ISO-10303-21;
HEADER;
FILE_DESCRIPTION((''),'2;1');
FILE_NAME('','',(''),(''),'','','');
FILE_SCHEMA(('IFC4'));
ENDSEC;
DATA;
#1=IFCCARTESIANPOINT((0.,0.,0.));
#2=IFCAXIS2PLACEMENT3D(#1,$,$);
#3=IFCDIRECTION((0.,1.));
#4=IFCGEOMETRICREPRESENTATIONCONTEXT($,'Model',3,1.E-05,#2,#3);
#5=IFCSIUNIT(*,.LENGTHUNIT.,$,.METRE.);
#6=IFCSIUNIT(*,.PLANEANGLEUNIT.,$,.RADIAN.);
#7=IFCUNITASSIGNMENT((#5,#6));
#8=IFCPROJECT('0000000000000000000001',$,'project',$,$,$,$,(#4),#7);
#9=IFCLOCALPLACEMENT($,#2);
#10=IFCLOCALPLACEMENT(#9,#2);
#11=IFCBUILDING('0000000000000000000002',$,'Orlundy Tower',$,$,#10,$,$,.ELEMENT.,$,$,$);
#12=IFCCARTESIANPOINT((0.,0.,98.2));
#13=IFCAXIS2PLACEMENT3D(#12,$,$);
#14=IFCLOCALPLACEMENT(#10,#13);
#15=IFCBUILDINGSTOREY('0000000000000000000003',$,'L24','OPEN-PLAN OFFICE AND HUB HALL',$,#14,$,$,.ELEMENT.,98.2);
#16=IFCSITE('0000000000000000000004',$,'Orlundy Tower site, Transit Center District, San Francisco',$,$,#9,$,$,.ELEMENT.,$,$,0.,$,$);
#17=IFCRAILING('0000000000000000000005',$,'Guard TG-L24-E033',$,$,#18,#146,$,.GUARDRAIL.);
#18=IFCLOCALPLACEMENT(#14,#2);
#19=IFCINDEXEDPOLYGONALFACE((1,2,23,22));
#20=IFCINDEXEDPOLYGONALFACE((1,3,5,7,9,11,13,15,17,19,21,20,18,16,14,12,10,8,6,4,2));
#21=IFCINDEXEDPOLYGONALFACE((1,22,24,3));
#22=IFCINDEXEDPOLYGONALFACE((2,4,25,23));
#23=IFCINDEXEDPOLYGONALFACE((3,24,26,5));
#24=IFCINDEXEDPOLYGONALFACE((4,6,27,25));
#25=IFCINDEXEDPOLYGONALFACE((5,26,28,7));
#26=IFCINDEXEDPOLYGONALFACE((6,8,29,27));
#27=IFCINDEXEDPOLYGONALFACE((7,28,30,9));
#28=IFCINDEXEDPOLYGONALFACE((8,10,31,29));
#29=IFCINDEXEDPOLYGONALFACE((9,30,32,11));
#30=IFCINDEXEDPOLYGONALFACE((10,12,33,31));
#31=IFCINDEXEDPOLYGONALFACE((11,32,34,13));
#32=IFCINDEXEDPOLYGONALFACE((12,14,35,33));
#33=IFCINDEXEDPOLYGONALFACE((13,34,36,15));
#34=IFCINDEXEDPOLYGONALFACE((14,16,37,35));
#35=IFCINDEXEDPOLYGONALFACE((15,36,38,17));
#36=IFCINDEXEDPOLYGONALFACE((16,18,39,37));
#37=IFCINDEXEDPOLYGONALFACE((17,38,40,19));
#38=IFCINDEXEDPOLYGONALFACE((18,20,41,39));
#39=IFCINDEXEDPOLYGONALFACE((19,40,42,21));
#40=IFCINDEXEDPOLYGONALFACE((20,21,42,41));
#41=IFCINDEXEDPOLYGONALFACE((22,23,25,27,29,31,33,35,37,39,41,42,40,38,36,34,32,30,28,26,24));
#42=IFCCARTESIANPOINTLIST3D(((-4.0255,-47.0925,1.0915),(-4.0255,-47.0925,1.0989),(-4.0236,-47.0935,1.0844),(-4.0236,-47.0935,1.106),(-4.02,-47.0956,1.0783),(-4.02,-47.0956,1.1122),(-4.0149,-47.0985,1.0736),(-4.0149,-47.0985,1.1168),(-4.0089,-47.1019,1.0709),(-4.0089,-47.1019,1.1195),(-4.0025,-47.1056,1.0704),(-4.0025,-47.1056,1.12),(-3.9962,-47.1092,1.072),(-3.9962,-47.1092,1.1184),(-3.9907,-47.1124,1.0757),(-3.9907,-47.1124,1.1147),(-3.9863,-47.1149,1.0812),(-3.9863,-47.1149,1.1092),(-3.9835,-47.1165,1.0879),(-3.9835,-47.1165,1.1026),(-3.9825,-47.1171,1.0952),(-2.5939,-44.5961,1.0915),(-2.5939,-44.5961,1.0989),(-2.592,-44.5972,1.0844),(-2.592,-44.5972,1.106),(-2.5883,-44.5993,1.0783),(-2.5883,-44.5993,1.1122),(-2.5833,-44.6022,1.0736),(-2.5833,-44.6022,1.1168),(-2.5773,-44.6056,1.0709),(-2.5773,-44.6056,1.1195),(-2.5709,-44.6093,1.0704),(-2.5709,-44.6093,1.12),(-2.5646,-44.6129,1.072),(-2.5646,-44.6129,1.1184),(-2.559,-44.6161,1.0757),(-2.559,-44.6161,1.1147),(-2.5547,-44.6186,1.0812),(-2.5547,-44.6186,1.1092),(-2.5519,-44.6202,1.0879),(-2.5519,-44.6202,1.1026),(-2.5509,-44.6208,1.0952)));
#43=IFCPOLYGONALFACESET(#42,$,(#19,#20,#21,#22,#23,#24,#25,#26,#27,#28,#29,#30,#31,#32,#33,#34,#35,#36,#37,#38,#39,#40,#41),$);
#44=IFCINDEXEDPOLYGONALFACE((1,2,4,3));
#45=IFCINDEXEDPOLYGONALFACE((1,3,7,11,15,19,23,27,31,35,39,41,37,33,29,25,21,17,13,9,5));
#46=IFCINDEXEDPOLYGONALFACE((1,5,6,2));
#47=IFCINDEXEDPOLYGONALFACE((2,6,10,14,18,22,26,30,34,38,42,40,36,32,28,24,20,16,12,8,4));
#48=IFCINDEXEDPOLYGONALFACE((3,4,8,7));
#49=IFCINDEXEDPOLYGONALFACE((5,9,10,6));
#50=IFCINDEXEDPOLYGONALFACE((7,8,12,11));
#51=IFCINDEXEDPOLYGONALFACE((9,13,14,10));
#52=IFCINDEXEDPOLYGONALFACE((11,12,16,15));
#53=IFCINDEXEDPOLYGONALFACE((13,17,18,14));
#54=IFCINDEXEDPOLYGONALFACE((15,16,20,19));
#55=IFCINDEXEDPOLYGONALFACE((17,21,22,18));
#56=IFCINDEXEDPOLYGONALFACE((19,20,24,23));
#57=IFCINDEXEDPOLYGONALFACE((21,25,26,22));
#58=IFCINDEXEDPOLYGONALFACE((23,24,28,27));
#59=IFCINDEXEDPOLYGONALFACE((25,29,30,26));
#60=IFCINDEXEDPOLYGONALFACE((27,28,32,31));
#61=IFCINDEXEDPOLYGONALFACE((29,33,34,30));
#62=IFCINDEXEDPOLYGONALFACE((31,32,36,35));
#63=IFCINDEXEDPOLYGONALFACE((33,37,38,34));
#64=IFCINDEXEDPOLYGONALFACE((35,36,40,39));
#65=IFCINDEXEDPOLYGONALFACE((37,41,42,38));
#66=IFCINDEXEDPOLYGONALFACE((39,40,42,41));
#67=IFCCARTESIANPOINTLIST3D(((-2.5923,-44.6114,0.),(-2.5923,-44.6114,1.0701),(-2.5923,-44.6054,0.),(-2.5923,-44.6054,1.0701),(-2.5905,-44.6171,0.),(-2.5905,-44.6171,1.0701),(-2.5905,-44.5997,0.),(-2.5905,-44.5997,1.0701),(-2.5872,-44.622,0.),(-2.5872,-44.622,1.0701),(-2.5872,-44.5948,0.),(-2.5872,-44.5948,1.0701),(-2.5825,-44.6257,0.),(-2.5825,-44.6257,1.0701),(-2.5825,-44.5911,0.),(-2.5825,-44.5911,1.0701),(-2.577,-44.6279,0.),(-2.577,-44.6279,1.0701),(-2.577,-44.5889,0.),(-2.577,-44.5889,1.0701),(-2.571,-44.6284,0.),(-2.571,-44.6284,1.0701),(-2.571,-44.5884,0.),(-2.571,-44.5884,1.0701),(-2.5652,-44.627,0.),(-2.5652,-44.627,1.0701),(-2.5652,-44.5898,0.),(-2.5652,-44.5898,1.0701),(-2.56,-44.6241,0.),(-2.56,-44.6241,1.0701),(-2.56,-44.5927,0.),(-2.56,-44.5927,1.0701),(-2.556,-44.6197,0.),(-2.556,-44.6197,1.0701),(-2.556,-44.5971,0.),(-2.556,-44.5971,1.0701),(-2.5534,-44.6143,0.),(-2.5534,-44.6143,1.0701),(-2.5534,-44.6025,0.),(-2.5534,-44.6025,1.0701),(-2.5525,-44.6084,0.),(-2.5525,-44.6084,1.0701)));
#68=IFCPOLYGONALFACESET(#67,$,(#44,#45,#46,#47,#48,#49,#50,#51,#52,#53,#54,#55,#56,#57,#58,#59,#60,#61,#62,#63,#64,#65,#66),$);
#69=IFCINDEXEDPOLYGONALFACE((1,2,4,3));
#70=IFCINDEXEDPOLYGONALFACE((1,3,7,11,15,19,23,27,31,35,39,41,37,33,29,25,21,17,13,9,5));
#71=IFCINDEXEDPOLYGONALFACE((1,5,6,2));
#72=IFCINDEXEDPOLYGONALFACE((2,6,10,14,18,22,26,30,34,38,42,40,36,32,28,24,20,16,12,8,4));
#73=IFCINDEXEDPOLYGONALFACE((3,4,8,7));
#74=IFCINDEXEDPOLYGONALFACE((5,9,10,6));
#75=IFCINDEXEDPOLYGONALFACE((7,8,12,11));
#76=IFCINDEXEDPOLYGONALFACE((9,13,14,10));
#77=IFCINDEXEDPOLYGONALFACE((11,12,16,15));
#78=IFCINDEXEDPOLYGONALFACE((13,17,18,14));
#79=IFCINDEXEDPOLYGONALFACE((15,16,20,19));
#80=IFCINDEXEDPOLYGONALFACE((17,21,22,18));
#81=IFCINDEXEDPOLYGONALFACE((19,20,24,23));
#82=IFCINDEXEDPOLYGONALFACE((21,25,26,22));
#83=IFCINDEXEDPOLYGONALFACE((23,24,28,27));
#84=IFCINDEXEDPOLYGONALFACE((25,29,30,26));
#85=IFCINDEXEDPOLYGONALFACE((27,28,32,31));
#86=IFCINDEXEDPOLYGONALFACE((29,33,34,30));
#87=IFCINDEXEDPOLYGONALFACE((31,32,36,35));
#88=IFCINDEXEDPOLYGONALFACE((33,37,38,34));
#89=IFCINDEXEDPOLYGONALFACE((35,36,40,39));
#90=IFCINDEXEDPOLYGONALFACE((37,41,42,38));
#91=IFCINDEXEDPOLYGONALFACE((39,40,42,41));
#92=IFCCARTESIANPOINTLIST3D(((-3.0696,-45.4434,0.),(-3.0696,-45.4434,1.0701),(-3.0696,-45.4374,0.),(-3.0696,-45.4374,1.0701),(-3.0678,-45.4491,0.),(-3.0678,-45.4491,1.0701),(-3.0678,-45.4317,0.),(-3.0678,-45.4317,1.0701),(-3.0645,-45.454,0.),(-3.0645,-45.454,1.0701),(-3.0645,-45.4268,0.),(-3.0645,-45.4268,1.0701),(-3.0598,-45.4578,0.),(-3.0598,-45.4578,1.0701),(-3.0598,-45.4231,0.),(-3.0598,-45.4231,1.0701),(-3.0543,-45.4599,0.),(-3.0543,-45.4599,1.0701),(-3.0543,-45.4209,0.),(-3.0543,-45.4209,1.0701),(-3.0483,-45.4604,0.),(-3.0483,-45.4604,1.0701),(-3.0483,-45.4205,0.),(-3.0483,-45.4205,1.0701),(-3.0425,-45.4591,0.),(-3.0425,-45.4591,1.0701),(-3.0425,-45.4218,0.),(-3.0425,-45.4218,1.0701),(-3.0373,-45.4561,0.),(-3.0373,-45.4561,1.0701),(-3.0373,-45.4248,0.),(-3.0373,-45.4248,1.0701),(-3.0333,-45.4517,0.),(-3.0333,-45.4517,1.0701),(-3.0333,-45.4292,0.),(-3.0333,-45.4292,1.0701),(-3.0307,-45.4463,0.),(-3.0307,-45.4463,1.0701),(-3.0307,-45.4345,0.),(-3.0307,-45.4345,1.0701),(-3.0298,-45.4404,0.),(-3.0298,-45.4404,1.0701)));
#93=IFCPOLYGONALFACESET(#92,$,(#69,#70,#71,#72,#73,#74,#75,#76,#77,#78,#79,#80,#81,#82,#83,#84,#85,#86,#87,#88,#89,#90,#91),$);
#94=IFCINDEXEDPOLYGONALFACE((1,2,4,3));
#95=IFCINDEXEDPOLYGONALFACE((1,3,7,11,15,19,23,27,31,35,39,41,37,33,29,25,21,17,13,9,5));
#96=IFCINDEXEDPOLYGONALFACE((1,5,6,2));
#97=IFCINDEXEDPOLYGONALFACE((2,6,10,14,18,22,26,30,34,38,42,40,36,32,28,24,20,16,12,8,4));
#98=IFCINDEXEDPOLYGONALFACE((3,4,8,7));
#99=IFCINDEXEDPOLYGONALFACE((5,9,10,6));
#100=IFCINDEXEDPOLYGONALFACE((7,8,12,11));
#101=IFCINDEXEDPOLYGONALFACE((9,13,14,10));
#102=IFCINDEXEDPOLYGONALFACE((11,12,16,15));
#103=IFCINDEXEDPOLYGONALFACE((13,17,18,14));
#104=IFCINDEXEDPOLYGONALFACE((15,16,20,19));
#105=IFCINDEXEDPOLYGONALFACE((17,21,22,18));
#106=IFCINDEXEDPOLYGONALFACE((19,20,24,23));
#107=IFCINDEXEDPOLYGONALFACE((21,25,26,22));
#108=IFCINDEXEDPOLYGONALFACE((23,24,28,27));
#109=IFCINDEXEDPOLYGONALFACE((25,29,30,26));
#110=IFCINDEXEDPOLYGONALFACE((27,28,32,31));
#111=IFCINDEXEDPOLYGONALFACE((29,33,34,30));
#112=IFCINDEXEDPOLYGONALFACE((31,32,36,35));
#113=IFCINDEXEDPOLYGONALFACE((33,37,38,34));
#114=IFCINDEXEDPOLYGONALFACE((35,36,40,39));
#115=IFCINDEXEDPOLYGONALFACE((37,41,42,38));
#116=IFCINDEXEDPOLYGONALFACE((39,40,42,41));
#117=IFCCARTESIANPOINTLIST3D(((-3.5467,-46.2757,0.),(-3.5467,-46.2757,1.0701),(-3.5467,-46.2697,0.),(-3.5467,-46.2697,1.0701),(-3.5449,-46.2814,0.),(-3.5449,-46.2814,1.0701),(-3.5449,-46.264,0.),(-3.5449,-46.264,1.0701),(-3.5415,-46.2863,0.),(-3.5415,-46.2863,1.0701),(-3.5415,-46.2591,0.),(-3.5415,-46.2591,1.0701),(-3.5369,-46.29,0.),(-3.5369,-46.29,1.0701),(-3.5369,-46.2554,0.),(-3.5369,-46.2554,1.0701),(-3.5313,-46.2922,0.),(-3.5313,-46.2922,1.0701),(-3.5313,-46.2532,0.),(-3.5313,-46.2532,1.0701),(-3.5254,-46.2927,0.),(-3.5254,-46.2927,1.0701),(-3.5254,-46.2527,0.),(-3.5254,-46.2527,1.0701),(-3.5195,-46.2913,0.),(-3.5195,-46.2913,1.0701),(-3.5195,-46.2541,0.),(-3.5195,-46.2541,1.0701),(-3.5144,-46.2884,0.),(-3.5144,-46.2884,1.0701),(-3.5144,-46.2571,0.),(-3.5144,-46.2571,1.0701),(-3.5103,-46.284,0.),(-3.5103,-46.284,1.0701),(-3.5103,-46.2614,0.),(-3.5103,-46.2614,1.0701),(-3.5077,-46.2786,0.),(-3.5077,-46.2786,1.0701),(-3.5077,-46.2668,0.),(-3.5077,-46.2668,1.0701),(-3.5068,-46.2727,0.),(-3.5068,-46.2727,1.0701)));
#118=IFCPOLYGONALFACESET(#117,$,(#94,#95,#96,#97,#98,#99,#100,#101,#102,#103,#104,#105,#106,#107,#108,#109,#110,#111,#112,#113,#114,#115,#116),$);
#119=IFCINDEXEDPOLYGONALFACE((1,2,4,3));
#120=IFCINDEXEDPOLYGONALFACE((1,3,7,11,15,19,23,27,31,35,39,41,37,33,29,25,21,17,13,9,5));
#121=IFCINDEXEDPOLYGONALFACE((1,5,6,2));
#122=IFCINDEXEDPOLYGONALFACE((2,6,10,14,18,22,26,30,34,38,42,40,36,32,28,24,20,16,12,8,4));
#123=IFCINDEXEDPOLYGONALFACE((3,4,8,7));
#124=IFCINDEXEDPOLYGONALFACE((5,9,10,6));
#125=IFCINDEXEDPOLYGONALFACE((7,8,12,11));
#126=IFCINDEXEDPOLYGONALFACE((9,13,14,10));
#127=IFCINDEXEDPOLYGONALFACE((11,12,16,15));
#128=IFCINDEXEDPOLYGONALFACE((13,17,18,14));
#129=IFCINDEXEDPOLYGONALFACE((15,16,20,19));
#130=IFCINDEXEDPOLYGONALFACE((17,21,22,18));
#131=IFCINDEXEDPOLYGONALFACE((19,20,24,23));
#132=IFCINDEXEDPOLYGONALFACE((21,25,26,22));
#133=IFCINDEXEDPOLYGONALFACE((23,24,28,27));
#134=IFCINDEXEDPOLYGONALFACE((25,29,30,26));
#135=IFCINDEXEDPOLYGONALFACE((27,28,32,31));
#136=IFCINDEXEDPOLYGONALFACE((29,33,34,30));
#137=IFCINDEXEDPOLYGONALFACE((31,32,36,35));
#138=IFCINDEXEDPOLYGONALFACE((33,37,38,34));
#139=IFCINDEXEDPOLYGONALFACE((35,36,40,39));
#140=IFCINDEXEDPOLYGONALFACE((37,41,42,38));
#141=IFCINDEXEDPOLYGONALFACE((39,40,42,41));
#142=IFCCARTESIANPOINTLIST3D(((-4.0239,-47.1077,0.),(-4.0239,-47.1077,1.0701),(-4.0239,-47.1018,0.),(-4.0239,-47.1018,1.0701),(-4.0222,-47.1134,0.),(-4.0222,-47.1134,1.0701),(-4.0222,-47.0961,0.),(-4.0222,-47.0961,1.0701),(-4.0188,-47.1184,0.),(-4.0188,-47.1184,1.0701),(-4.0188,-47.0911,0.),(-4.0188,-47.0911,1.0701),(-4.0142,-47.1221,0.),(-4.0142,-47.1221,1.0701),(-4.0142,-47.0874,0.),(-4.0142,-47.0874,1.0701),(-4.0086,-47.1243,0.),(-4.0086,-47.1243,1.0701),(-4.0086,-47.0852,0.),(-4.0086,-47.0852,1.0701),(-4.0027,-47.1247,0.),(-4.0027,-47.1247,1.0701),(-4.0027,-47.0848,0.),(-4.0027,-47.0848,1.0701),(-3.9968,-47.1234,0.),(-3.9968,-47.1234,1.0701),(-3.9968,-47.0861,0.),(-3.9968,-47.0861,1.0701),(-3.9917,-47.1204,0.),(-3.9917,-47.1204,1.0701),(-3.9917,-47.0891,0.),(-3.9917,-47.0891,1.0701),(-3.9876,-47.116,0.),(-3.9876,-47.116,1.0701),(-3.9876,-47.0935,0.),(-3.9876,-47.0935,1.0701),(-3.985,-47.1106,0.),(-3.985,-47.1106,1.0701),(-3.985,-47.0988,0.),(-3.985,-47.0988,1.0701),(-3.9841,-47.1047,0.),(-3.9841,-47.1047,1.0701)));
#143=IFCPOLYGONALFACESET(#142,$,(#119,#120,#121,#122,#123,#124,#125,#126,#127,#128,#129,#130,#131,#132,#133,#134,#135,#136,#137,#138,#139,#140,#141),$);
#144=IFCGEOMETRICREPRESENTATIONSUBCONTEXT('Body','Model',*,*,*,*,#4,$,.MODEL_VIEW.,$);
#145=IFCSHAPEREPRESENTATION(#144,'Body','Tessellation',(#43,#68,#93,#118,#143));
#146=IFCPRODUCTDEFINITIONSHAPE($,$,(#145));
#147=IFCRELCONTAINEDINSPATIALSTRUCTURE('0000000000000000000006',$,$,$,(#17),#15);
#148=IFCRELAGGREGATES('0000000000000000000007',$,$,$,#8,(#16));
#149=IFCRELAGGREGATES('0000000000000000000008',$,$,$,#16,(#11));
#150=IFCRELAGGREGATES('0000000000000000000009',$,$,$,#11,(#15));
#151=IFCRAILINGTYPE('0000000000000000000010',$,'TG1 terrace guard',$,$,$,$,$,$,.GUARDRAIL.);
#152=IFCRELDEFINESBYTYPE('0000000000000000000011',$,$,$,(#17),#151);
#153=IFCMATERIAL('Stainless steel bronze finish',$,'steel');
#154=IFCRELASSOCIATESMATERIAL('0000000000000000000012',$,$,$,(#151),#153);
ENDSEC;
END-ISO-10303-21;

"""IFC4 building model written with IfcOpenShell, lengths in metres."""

from ifc_helpers import new_model, si_unit, direction, frame, origin, origin_2d, place, context, subcontext, project, spatial, circle, extrude, material, type_object, element, save


model = new_model("IFC4")

# Units and contexts
model_context = context("Model", 3, precision=1e-05, world=origin(), true_north=direction((0.0, 1.0)))
body_context = subcontext(model_context, "Body", "Model", "MODEL_VIEW")
ifc_project = project(units=[si_unit("LENGTHUNIT", "METRE"), si_unit("PLANEANGLEUNIT", "RADIAN")], contexts=[model_context])

# Site, building, storey
site_placement = place(None, origin())
site = spatial("IfcSite", under=ifc_project, at=site_placement, Name="Orlundy Tower site, Transit Center District, San Francisco", CompositionType="ELEMENT", RefElevation=0.0)
building_placement = place(site_placement, origin())
building = spatial("IfcBuilding", under=site, at=building_placement, Name="Orlundy Tower", CompositionType="ELEMENT")
storey_placement = place(building_placement, frame((0.0, 0.0, 98.2)))
storey = spatial("IfcBuildingStorey", under=building, at=storey_placement, Name="L24", Description="OPEN-PLAN OFFICE AND HUB HALL", CompositionType="ELEMENT", Elevation=98.2)

# Railing
ifc_material_1 = material(Name="Stainless steel bronze finish", Category="steel")
railing_type = type_object("IfcRailingType", Name="TG1 terrace guard", PredefinedType="GUARDRAIL", material=ifc_material_1)
railing_1_placement = place(storey_placement, frame((-2.5725, -44.6084, 0.0)))
element("IfcRailing", 1, at=railing_1_placement, inside=storey, type_object=railing_type, Name="Guard TG-L24-E033", PredefinedType="GUARDRAIL", context=body_context, shape_type="SweptSolid", body=[
    extrude(circle(Radius=0.0249, at=origin_2d()), frame((0.0, 0.0, 1.0952), z_axis=(-0.497491, -0.867469, 0.0), x_axis=(0.867469, -0.497491, 0.0)), (0.0, 0.0, 1.0), 2.8777),
    extrude(circle(Radius=0.02, at=origin_2d()), origin(), (0.0, 0.0, 1.0), 1.0701),
    extrude(circle(Radius=0.02, at=origin_2d()), frame((-0.4773, -0.832, 0.0)), (0.0, 0.0, 1.0), 1.0701),
    extrude(circle(Radius=0.02, at=origin_2d()), frame((-0.9543, -1.6643, 0.0)), (0.0, 0.0, 1.0), 1.0701),
    extrude(circle(Radius=0.02, at=origin_2d()), frame((-1.4316, -2.4963, 0.0)), (0.0, 0.0, 1.0), 1.0701),
])

save(model, "model.ifc")
